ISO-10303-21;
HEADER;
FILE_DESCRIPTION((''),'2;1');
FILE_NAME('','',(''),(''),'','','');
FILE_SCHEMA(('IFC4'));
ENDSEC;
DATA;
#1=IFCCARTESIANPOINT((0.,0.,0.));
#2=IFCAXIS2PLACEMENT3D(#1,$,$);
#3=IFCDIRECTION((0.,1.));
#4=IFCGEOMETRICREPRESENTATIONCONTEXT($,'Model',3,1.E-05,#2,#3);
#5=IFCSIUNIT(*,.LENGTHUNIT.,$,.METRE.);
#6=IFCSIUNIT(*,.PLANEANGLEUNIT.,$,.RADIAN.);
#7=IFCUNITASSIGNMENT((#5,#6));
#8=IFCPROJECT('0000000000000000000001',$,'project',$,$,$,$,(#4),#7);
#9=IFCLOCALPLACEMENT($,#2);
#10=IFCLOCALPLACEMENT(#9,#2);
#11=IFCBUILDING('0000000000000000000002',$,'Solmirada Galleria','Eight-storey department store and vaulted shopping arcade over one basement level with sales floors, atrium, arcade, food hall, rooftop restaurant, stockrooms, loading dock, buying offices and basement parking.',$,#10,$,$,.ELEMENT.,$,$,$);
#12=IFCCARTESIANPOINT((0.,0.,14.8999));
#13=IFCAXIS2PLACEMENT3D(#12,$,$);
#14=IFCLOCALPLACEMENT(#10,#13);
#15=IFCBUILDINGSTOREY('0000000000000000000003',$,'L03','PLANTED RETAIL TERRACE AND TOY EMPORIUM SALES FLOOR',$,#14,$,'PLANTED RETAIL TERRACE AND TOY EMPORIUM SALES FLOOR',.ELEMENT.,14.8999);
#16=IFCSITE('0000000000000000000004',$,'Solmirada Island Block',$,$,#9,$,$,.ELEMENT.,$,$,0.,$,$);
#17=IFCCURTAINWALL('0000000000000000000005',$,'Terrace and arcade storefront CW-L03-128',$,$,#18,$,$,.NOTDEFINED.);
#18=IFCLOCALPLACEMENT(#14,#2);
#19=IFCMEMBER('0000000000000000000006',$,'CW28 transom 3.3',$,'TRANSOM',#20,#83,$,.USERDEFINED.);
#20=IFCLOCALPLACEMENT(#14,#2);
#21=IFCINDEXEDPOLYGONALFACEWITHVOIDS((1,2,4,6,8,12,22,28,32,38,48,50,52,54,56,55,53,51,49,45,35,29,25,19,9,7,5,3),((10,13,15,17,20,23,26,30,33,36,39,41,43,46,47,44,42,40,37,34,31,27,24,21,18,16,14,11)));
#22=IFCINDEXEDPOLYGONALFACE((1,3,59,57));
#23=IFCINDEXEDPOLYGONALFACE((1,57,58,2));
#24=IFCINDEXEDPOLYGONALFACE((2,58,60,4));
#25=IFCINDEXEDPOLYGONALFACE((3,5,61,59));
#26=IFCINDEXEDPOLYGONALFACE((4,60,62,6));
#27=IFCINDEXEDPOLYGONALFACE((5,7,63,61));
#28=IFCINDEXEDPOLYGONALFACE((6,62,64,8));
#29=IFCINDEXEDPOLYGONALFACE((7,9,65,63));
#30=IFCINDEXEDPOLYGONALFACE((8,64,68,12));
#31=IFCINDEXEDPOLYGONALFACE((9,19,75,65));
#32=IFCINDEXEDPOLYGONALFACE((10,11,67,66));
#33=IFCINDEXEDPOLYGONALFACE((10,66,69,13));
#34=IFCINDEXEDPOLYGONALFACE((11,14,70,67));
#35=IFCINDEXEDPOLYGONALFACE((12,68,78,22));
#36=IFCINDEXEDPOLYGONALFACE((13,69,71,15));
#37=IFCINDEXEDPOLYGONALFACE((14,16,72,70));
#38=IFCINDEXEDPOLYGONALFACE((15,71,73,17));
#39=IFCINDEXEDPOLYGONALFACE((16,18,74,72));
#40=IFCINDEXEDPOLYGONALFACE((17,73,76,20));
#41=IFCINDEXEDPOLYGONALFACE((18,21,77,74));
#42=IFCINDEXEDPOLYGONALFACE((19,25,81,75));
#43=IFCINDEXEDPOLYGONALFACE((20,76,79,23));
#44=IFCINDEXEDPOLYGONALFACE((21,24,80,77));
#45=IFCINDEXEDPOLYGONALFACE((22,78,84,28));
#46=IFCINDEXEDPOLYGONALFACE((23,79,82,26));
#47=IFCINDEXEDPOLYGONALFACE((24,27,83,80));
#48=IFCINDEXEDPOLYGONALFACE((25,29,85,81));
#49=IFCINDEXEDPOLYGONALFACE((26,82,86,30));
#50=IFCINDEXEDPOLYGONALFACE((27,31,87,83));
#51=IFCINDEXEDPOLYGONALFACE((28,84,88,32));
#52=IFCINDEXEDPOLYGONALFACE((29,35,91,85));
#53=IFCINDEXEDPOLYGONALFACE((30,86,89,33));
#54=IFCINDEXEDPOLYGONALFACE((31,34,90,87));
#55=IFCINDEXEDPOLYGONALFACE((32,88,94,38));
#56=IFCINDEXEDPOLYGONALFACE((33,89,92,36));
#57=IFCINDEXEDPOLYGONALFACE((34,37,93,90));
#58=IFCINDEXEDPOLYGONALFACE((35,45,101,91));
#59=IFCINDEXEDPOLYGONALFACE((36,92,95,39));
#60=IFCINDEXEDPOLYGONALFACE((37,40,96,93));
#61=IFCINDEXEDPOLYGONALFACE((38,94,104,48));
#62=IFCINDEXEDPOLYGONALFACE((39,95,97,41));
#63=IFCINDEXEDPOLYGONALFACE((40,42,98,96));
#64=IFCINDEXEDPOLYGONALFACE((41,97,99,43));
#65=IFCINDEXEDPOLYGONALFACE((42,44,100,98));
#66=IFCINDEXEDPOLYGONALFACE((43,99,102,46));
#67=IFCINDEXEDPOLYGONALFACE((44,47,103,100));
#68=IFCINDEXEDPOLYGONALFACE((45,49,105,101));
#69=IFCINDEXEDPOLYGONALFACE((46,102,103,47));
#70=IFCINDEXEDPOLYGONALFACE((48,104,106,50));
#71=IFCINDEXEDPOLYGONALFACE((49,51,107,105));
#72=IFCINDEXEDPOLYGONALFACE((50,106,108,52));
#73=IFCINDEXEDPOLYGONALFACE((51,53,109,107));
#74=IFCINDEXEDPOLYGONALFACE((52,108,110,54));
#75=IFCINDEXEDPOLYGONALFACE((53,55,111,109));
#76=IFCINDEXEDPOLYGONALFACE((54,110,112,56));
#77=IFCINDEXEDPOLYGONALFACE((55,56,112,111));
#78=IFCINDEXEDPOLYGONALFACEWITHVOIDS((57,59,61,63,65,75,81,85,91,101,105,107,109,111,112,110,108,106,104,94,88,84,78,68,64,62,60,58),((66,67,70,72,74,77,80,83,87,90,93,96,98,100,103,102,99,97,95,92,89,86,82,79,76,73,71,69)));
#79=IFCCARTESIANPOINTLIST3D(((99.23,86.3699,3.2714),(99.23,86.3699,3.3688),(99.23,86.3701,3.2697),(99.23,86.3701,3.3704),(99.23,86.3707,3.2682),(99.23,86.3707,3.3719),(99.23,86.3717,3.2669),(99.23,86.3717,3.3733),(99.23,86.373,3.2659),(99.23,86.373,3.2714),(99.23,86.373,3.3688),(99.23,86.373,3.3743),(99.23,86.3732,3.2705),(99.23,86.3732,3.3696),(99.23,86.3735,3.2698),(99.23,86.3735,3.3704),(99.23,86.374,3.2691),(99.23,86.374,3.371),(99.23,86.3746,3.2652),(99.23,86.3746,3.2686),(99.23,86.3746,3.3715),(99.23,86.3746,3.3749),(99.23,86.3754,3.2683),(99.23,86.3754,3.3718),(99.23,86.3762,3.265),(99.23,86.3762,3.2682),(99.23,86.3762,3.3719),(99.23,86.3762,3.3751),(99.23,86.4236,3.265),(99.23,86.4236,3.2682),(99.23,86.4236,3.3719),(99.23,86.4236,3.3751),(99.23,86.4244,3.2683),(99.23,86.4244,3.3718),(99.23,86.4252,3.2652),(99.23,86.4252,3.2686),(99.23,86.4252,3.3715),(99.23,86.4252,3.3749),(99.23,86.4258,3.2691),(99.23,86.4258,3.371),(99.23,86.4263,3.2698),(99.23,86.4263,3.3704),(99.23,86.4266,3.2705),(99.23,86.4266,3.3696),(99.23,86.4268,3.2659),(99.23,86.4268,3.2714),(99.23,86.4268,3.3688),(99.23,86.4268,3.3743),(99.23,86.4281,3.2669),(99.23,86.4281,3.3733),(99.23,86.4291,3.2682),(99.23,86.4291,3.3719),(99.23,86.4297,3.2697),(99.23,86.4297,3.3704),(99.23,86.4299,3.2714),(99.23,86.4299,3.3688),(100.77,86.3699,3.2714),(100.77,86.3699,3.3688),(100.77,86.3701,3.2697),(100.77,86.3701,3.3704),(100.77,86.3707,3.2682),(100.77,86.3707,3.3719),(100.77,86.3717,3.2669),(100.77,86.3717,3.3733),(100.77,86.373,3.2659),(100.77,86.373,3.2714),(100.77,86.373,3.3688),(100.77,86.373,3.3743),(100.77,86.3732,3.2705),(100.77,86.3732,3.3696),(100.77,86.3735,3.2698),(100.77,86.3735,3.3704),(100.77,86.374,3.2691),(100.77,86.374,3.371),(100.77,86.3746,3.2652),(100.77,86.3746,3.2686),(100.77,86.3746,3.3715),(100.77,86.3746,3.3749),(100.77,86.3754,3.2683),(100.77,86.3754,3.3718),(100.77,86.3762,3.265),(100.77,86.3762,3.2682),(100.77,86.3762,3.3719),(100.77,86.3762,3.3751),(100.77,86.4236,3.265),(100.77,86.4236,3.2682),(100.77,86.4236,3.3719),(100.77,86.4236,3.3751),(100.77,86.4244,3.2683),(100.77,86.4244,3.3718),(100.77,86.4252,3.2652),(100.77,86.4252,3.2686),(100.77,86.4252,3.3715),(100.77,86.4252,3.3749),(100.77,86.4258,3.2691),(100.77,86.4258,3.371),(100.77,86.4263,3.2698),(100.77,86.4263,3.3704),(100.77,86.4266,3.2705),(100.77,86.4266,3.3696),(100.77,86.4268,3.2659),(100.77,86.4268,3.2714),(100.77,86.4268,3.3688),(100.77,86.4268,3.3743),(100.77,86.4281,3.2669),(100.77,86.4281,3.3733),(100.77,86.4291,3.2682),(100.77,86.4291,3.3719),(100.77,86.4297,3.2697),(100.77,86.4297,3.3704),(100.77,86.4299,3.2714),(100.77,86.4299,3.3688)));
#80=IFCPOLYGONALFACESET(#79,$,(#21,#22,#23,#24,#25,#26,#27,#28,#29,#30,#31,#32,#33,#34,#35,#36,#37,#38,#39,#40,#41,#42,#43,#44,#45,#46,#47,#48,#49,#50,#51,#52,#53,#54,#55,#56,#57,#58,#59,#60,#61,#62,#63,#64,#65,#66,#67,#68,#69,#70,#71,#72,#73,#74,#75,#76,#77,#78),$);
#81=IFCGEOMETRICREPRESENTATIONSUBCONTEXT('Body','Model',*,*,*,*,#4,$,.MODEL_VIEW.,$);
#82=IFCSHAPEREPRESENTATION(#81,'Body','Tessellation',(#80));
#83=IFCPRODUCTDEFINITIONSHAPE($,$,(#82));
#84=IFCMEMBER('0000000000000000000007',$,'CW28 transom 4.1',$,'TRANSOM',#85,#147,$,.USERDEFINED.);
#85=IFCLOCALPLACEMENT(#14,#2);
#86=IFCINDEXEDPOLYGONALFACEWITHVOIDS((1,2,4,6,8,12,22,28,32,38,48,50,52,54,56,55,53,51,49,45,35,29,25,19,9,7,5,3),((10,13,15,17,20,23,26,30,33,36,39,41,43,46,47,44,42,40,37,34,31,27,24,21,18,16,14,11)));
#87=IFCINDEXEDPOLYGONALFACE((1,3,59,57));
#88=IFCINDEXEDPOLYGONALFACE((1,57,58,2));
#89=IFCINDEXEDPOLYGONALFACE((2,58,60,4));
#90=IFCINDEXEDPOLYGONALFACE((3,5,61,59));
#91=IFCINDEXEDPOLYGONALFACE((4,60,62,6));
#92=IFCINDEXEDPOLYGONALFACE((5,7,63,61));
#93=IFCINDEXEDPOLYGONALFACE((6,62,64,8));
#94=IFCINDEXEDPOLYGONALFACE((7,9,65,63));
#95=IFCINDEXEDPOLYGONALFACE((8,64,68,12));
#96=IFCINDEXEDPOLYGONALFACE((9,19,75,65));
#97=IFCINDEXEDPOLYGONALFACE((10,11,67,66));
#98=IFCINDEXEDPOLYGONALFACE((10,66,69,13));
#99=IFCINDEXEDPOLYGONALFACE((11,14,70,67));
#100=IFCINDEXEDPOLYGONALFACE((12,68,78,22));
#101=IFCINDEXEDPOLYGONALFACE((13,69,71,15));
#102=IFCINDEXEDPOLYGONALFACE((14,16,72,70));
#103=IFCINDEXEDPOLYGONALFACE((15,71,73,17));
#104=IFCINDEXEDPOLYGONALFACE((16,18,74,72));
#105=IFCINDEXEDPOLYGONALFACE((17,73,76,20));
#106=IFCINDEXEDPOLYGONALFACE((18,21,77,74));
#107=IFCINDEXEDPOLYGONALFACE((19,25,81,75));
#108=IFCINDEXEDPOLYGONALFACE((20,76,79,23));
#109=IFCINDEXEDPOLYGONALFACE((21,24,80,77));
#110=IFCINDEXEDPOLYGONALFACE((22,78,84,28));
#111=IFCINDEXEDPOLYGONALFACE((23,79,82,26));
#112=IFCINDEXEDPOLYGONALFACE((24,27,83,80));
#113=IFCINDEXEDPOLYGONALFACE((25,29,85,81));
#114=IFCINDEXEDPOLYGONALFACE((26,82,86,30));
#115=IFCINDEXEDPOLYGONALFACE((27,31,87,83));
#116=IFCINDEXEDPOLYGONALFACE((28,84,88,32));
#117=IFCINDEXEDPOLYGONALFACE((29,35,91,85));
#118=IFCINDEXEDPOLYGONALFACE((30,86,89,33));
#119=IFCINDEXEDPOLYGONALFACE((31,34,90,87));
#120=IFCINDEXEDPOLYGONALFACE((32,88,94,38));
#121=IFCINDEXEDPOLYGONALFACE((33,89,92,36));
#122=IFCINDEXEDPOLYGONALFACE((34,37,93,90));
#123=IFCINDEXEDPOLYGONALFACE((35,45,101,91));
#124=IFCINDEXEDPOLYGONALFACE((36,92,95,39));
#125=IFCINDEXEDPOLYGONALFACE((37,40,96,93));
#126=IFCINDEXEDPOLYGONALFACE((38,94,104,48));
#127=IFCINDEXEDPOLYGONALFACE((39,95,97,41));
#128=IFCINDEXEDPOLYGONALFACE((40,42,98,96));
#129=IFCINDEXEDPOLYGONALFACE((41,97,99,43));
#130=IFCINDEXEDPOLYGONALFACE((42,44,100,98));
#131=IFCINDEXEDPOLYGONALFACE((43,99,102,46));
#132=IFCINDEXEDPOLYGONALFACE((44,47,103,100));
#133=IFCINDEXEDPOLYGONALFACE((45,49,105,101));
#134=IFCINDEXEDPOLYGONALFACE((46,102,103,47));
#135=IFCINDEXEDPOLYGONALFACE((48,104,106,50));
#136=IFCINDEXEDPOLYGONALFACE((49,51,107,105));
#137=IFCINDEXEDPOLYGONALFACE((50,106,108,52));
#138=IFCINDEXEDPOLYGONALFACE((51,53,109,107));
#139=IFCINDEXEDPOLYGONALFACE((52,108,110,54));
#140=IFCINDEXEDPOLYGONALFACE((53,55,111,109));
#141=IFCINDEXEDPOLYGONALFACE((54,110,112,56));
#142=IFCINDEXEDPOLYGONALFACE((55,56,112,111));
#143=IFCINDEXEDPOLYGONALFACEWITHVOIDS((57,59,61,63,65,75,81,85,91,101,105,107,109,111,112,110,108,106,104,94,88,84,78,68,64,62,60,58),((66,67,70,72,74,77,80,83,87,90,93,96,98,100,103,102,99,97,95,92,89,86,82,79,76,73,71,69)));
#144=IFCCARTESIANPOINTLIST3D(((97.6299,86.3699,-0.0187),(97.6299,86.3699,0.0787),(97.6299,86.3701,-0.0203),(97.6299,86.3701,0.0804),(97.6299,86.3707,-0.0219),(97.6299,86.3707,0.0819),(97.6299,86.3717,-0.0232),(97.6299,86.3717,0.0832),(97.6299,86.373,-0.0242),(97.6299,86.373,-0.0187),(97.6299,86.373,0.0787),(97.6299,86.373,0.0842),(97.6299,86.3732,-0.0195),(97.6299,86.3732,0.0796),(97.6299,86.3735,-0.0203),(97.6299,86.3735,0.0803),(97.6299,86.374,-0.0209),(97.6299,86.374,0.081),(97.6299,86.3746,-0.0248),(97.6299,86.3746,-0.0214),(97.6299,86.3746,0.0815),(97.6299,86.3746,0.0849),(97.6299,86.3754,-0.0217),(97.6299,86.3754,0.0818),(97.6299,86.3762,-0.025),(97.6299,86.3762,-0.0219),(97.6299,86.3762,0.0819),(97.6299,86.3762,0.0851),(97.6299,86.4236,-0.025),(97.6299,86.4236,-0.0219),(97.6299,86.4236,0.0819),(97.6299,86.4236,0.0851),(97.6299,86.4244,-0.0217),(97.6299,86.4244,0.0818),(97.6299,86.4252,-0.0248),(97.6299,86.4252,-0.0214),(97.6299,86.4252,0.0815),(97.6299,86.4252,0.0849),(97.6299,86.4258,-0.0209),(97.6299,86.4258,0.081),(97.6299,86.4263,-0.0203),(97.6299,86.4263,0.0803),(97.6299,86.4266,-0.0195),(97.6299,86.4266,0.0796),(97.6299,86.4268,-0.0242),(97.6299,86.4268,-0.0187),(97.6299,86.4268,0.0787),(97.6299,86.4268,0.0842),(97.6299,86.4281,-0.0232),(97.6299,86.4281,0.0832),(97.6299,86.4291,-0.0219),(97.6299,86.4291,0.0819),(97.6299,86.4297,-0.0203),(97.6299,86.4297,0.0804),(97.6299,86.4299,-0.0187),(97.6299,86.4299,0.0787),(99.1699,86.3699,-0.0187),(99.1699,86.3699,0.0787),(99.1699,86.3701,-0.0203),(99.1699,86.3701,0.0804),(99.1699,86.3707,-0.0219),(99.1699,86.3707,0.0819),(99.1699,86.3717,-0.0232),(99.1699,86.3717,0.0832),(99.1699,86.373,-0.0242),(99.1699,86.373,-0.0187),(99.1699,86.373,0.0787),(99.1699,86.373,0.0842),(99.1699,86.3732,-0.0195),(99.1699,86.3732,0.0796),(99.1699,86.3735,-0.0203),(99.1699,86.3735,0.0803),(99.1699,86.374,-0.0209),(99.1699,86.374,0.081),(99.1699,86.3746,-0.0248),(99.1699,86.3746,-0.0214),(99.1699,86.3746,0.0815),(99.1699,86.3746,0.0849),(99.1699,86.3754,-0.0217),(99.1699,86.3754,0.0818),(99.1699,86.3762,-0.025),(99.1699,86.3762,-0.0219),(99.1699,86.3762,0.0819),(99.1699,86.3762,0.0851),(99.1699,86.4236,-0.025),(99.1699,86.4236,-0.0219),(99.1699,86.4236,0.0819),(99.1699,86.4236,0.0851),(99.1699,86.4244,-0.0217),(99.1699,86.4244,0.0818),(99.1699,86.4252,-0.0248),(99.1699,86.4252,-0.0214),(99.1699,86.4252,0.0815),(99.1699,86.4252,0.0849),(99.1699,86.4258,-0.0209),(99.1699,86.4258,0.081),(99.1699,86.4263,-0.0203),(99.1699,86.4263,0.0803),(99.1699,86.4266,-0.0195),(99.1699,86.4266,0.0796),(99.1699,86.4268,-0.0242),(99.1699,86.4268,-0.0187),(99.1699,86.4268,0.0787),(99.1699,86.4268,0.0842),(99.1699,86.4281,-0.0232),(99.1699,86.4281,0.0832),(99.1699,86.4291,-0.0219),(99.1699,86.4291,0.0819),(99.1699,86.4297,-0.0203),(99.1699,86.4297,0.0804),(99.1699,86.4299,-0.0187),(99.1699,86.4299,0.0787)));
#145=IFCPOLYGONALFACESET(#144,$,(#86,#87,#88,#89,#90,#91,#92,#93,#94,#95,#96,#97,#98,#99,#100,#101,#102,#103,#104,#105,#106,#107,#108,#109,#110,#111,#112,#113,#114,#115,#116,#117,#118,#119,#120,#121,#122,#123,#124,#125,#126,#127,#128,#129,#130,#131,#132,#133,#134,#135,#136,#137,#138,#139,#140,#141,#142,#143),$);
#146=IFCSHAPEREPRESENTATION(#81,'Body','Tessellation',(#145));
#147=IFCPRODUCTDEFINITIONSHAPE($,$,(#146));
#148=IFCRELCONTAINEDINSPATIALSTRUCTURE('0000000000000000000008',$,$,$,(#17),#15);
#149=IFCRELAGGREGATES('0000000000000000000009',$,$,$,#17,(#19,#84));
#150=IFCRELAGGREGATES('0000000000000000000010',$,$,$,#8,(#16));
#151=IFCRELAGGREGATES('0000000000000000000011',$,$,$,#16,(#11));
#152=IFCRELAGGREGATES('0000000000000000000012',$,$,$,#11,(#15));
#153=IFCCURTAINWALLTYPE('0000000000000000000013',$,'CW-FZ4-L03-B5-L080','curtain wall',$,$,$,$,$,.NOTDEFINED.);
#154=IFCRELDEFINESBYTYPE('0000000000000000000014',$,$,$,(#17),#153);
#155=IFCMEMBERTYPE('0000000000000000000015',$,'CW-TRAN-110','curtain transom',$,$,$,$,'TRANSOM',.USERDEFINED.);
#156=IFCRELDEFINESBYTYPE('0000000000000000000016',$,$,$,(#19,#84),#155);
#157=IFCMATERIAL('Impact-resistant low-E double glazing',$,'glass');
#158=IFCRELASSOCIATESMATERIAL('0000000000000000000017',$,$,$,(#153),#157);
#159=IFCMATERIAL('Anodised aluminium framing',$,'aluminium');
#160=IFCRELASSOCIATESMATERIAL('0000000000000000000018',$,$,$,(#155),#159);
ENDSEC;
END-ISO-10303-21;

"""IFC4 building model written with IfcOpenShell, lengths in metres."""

from ifc_helpers import new_model, si_unit, direction, frame, origin, origin_2d, place, context, subcontext, project, spatial, hollow_rectangle, extrude, material, material_profile, profile_set, type_object, element, aggregate, save


model = new_model("IFC4")

# Units and contexts
model_context = context("Model", 3, precision=1e-05, world=origin(), true_north=direction((0.0, 1.0)))
body_context = subcontext(model_context, "Body", "Model", "MODEL_VIEW")
ifc_project = project(units=[si_unit("LENGTHUNIT", "METRE"), si_unit("PLANEANGLEUNIT", "RADIAN")], contexts=[model_context])

# Site, building, storey
site_placement = place(None, origin())
site = spatial("IfcSite", under=ifc_project, at=site_placement, Name="Solmirada Island Block", CompositionType="ELEMENT", RefElevation=0.0)
building_placement = place(site_placement, origin())
building = spatial("IfcBuilding", under=site, at=building_placement, Name="Solmirada Galleria", Description="Eight-storey department store and vaulted shopping arcade over one basement level with sales floors, atrium, arcade, food hall, rooftop restaurant, stockrooms, loading dock, buying offices and basement parking.", CompositionType="ELEMENT")
storey_placement = place(building_placement, frame((0.0, 0.0, 14.8999)))
storey = spatial("IfcBuildingStorey", under=building, at=storey_placement, Name="L03", Description="PLANTED RETAIL TERRACE AND TOY EMPORIUM SALES FLOOR", LongName="PLANTED RETAIL TERRACE AND TOY EMPORIUM SALES FLOOR", CompositionType="ELEMENT", Elevation=14.8999)

# Shared definitions
ifc_material_1 = material(Name="Impact-resistant low-E double glazing", Category="glass")
curtain_wall_type = type_object("IfcCurtainWallType", Name="CW-FZ4-L03-B5-L080", Description="curtain wall", PredefinedType="NOTDEFINED", material=ifc_material_1)
ifc_material_2 = material(Name="Anodised aluminium framing", Category="aluminium")

# Curtain wall
curtain_wall_1_placement = place(storey_placement, origin())
curtain_wall_1 = element("IfcCurtainWall", 1, at=curtain_wall_1_placement, inside=storey, type_object=curtain_wall_type, Name="Terrace and arcade storefront CW-L03-128", PredefinedType="NOTDEFINED")

# Members
ifc_material_profile_1 = material_profile(ifc_material_2, hollow_rectangle(XDim=0.0601, YDim=0.1101, WallThickness=0.0032, InnerFilletRadius=0.0032, OuterFilletRadius=0.0063, at=origin_2d()), Name="ALU-TRAN-110X60")
ifc_profile_set_1 = profile_set([ifc_material_profile_1], Name="Anodised aluminium framing")
member_type_1 = type_object("IfcMemberType", Name="CW-TRAN-110", Description="curtain transom", ElementType="TRANSOM", PredefinedType="USERDEFINED", material=ifc_profile_set_1)
member_1_placement = place(storey_placement, frame((100.77, 86.3999, 3.3201), z_axis=(-1.0, 0.0, 0.0), x_axis=(0.0, -1.0, 0.0)))
member_1 = element("IfcMember", 2, at=member_1_placement, type_object=member_type_1, Name="CW28 transom 3.3", ObjectType="TRANSOM", PredefinedType="USERDEFINED", context=body_context, shape_type="SweptSolid", body=[
    extrude(hollow_rectangle(XDim=0.0601, YDim=0.1101, WallThickness=0.0032, InnerFilletRadius=0.0032, OuterFilletRadius=0.0063, at=origin_2d()), origin(), (0.0, 0.0, 1.0), 1.54),
])
member_2_placement = place(storey_placement, frame((99.1699, 86.3999, 0.03), z_axis=(-1.0, 0.0, 0.0), x_axis=(0.0, -1.0, 0.0)))
member_2 = element("IfcMember", 3, at=member_2_placement, type_object=member_type_1, Name="CW28 transom 4.1", ObjectType="TRANSOM", PredefinedType="USERDEFINED", context=body_context, shape_type="SweptSolid", body=[
    extrude(hollow_rectangle(XDim=0.0601, YDim=0.1101, WallThickness=0.0032, InnerFilletRadius=0.0032, OuterFilletRadius=0.0063, at=origin_2d()), origin(), (0.0, 0.0, 1.0), 1.54),
])

aggregate(curtain_wall_1, [member_1, member_2])

save(model, "model.ifc")
